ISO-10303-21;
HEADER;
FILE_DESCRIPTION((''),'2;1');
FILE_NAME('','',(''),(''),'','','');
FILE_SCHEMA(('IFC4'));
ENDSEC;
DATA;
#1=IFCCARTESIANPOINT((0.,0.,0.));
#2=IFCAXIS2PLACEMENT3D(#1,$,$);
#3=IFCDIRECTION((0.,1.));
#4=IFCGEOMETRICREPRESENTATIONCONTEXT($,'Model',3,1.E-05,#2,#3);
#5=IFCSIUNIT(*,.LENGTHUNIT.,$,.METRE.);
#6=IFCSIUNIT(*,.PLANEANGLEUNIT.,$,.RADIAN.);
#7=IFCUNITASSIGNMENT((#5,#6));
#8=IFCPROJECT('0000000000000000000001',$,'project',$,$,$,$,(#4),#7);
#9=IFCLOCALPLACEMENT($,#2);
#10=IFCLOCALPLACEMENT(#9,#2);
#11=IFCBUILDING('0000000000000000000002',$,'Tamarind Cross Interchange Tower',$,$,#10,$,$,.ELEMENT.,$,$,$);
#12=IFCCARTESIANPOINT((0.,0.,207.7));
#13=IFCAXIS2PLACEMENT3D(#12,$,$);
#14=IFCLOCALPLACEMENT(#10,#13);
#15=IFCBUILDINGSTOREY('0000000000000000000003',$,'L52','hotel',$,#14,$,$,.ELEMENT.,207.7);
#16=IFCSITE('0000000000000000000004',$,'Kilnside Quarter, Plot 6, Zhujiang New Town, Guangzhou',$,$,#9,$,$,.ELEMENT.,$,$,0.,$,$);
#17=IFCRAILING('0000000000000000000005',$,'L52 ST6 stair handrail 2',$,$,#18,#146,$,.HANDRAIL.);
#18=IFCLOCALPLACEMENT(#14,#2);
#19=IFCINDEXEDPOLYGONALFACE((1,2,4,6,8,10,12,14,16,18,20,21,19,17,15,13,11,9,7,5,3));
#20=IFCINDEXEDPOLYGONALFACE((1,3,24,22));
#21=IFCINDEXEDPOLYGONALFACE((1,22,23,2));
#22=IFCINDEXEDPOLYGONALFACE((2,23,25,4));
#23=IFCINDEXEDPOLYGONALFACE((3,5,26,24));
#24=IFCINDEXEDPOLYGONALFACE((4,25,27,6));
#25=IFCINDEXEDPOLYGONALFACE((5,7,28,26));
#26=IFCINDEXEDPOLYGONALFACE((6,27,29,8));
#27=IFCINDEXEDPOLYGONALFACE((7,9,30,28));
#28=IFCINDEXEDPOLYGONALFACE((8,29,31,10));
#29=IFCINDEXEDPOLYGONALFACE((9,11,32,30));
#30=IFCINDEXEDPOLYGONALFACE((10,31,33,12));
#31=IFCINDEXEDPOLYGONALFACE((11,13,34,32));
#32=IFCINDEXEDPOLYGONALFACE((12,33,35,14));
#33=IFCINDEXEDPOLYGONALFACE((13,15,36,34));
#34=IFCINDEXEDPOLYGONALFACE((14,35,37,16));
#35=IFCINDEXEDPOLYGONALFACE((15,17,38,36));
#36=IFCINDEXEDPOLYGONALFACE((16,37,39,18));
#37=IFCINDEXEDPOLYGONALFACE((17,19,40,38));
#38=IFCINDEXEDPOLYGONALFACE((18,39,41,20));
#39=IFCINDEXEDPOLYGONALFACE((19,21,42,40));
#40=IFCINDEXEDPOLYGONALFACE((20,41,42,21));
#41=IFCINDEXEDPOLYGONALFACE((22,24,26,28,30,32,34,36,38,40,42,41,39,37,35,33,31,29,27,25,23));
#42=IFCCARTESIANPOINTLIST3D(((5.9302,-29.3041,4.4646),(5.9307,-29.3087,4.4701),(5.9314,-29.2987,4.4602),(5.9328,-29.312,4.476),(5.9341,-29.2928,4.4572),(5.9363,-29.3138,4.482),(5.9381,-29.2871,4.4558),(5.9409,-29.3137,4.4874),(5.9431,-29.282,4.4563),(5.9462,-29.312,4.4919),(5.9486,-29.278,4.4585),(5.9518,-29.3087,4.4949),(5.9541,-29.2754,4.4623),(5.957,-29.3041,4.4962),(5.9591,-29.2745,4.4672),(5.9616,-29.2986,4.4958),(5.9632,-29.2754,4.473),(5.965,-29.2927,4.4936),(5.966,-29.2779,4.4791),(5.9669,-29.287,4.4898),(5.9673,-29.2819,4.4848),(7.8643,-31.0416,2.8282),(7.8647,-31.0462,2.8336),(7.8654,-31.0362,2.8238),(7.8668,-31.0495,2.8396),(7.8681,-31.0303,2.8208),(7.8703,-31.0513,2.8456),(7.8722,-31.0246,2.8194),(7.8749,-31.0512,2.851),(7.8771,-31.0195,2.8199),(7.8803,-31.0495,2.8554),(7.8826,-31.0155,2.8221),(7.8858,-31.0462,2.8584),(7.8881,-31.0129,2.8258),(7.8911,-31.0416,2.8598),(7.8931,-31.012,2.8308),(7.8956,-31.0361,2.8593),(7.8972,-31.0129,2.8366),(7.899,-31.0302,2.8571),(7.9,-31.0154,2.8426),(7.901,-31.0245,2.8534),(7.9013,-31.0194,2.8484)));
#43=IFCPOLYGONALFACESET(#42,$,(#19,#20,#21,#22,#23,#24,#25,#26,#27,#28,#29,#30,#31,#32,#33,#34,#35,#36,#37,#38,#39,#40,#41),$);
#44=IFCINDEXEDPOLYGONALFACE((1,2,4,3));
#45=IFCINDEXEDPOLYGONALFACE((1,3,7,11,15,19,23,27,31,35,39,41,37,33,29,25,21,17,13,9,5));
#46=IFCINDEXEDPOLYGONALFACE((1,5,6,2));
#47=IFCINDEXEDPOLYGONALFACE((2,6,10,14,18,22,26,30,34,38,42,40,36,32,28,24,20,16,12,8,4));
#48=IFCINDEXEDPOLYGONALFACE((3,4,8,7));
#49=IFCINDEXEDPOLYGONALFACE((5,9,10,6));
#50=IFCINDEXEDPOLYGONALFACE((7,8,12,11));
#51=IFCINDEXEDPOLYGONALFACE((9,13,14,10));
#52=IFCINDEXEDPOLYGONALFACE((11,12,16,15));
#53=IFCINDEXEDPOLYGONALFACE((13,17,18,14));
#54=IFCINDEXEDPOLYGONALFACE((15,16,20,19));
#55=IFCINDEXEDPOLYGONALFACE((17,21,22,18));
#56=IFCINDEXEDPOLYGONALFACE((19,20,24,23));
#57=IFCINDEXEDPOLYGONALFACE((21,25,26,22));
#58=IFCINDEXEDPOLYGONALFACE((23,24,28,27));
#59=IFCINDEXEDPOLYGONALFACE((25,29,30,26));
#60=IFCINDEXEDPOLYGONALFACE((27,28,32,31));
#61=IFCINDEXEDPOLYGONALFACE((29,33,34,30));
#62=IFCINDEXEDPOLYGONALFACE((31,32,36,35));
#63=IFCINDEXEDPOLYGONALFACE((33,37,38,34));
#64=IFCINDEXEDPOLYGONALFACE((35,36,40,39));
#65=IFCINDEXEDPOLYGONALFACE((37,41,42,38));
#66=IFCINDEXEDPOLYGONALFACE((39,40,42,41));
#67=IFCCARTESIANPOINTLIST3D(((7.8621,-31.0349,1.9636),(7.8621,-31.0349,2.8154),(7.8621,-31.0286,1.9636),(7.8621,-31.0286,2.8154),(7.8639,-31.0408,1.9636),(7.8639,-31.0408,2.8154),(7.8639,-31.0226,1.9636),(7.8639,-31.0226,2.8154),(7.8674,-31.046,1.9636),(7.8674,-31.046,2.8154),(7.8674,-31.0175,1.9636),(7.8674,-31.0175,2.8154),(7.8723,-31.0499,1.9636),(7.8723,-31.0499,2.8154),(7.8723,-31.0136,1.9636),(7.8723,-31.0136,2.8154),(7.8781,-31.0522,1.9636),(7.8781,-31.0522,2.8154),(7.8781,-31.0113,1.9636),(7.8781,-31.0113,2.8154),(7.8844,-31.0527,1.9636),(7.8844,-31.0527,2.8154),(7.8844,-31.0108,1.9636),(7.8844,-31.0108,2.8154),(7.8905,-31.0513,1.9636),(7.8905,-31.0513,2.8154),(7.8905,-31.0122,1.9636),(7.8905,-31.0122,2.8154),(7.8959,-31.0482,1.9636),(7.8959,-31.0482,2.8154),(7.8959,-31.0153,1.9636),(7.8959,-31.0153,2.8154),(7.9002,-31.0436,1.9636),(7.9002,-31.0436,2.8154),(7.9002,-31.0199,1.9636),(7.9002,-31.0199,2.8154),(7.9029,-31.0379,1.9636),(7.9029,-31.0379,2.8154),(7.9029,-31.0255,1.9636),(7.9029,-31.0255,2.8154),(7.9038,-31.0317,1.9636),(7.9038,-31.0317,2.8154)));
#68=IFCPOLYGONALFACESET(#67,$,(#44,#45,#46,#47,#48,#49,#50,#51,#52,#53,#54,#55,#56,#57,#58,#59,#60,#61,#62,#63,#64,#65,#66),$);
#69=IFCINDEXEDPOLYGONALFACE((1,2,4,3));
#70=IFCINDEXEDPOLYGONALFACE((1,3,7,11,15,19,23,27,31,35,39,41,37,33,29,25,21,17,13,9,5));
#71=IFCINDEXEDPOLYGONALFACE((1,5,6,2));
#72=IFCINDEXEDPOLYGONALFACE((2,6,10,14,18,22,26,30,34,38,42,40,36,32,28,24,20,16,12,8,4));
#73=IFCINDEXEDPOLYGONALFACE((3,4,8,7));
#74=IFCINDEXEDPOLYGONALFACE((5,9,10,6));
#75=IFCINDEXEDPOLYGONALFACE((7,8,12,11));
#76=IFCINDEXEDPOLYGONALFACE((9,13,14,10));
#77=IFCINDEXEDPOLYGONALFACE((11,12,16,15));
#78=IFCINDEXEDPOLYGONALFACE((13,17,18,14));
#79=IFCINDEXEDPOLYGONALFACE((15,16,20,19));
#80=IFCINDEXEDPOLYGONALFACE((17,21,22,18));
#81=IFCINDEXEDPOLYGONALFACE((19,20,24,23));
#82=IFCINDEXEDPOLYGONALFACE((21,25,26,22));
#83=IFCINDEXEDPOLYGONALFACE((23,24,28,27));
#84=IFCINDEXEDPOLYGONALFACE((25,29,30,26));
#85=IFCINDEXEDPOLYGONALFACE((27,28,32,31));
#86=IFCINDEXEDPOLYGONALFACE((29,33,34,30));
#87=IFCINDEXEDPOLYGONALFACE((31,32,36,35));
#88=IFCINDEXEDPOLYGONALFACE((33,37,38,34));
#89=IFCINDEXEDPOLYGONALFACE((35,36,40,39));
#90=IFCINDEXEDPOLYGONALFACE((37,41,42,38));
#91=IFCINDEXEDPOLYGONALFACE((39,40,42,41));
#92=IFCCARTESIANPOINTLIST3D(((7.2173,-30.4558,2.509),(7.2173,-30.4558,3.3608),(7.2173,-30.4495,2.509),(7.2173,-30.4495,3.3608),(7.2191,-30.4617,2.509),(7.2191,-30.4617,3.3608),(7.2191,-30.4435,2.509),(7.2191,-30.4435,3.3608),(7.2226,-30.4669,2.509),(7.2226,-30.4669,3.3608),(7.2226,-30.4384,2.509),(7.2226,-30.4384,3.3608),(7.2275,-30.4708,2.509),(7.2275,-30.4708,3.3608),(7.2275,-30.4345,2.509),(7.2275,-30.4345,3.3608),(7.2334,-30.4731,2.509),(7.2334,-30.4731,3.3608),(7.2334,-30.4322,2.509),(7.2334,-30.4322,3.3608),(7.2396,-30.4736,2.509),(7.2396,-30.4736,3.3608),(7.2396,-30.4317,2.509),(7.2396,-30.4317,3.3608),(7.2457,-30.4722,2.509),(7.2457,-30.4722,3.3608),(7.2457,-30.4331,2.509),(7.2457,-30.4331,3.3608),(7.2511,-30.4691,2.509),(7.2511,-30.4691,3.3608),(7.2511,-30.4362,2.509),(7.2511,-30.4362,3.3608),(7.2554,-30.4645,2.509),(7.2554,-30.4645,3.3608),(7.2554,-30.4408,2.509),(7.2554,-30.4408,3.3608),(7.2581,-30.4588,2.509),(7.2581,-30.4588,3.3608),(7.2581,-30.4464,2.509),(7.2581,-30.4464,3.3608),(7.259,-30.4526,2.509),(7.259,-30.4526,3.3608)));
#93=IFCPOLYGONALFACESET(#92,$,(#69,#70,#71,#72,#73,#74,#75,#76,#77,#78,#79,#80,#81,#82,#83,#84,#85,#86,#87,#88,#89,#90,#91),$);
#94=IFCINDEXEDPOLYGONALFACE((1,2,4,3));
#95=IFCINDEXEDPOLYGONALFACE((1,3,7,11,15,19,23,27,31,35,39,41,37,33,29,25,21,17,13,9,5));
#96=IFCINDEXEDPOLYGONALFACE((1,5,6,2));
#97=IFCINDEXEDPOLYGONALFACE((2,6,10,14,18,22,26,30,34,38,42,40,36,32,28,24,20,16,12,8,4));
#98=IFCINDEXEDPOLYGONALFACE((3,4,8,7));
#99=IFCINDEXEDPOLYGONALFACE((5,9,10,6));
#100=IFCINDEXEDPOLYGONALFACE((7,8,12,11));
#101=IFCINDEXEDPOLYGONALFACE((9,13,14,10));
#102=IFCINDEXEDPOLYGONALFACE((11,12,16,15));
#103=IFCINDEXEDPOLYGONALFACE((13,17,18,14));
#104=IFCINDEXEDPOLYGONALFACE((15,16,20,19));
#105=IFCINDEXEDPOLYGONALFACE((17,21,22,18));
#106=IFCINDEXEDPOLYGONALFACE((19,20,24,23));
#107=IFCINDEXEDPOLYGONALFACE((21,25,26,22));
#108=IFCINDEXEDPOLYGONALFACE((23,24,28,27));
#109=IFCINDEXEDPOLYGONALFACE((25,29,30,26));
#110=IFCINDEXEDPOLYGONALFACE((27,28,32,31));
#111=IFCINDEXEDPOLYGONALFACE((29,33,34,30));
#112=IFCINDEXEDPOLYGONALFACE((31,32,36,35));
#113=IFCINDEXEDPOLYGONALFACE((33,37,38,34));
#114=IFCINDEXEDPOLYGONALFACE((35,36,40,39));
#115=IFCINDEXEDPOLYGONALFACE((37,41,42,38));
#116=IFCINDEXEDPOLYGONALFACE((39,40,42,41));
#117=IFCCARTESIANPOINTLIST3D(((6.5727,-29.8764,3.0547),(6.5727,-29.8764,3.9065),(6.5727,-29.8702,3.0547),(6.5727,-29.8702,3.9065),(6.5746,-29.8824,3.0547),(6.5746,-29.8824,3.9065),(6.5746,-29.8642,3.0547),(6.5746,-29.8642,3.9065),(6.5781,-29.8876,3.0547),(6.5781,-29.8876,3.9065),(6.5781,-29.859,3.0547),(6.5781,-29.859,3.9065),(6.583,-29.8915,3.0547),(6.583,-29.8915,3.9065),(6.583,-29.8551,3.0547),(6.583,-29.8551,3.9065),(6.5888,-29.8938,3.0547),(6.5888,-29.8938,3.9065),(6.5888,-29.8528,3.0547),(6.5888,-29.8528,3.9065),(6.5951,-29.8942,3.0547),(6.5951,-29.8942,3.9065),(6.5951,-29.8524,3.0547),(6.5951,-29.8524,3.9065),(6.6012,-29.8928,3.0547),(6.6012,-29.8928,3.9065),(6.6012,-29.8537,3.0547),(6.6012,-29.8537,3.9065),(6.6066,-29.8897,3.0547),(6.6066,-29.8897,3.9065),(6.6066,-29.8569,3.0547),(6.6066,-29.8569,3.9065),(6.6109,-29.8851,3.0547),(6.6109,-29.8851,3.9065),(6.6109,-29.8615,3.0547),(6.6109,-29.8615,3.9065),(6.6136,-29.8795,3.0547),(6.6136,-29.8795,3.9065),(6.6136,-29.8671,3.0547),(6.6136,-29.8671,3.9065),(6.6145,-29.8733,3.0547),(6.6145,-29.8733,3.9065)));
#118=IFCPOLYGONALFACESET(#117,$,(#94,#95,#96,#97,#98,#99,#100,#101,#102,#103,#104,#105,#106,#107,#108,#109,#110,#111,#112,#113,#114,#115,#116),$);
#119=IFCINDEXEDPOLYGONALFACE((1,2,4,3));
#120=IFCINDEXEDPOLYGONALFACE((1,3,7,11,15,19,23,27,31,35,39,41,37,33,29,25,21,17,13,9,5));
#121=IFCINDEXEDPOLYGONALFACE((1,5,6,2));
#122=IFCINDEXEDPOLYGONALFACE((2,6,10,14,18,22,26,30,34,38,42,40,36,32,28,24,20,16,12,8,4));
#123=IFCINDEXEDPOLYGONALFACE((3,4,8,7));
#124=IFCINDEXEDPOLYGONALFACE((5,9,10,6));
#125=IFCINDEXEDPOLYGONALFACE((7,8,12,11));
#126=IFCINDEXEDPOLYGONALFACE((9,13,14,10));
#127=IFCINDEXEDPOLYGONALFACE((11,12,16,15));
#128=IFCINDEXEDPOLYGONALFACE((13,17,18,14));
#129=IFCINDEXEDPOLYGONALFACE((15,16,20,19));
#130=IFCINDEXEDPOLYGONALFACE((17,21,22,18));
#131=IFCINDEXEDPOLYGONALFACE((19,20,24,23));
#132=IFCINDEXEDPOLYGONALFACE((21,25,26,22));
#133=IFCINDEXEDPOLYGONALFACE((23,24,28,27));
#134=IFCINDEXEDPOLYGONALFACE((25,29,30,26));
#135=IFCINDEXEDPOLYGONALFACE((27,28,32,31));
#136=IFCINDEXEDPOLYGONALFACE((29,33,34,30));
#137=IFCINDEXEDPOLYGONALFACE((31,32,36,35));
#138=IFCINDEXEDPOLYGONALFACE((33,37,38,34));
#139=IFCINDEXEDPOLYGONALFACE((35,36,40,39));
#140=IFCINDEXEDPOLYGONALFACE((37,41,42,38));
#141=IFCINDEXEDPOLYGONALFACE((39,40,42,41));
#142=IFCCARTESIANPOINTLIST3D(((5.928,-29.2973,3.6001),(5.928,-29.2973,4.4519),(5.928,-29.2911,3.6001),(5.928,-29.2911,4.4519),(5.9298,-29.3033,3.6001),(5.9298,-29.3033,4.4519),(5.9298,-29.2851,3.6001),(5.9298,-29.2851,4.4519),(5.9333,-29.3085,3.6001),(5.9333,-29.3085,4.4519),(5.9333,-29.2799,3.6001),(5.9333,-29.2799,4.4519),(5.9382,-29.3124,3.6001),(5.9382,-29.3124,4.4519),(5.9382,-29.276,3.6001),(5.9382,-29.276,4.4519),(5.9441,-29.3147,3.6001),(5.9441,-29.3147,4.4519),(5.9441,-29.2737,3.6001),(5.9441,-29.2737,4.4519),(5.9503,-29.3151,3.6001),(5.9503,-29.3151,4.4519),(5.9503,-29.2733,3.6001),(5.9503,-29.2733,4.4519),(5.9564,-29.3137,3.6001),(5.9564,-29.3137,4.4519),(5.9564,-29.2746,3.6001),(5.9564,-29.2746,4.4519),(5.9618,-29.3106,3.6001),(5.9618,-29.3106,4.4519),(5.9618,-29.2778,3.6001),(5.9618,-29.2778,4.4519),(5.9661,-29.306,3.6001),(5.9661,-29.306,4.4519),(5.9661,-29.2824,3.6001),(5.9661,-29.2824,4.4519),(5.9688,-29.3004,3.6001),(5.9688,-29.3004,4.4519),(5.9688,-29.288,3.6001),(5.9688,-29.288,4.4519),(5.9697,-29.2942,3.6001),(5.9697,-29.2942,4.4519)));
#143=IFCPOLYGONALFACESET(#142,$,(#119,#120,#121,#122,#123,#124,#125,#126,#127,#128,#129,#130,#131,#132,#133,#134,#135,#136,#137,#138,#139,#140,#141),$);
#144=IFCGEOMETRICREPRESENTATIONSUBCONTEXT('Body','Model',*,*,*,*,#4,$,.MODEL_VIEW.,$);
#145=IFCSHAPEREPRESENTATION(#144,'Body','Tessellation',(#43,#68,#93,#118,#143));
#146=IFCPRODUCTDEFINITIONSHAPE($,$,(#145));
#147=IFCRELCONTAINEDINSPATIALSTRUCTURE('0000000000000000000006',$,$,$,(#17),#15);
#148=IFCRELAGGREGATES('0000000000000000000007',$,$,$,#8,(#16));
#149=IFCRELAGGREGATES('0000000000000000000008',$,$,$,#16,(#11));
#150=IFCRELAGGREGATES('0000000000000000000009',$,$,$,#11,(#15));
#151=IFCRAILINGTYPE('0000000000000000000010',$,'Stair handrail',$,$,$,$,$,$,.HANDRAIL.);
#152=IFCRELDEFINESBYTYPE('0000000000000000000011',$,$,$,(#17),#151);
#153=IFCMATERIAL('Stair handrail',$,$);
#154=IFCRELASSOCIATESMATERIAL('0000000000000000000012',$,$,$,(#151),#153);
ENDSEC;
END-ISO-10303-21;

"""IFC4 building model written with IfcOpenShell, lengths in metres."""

from ifc_helpers import new_model, si_unit, direction, frame, origin, origin_2d, place, context, subcontext, project, spatial, circle, extrude, material, type_object, element, save


model = new_model("IFC4")

# Units and contexts
model_context = context("Model", 3, precision=1e-05, world=origin(), true_north=direction((0.0, 1.0)))
body_context = subcontext(model_context, "Body", "Model", "MODEL_VIEW")
ifc_project = project(units=[si_unit("LENGTHUNIT", "METRE"), si_unit("PLANEANGLEUNIT", "RADIAN")], contexts=[model_context])

# Site, building, storey
site_placement = place(None, origin())
site = spatial("IfcSite", under=ifc_project, at=site_placement, Name="Kilnside Quarter, Plot 6, Zhujiang New Town, Guangzhou", CompositionType="ELEMENT", RefElevation=0.0)
building_placement = place(site_placement, origin())
building = spatial("IfcBuilding", under=site, at=building_placement, Name="Tamarind Cross Interchange Tower", CompositionType="ELEMENT")
storey_placement = place(building_placement, frame((0.0, 0.0, 207.7)))
storey = spatial("IfcBuildingStorey", under=building, at=storey_placement, Name="L52", Description="hotel", CompositionType="ELEMENT", Elevation=207.7)

# Railing
ifc_material_1 = material(Name="Stair handrail")
railing_type_1 = type_object("IfcRailingType", Name="Stair handrail", PredefinedType="HANDRAIL", material=ifc_material_1)
railing_1_placement = place(storey_placement, frame((7.8828, -31.0317, 1.9636)))
element("IfcRailing", 1, at=railing_1_placement, inside=storey, type_object=railing_type_1, Name="L52 ST6 stair handrail 2", PredefinedType="HANDRAIL", context=body_context, shape_type="SweptSolid", body=[
    extrude(circle(Radius=0.0239, at=origin_2d()), frame((0.0, 0.0, 0.876), z_axis=(-0.629564, 0.56559, 0.532689), x_axis=(-0.6683, -0.743892, 0.0)), (0.0, 0.0, 1.0), 3.072),
    extrude(circle(Radius=0.021, at=origin_2d()), origin(), (0.0, 0.0, 1.0), 0.8518),
    extrude(circle(Radius=0.021, at=origin_2d()), frame((-0.6448, 0.5791, 0.5454)), (0.0, 0.0, 1.0), 0.8518),
    extrude(circle(Radius=0.021, at=origin_2d()), frame((-1.2893, 1.1584, 1.0911)), (0.0, 0.0, 1.0), 0.8518),
    extrude(circle(Radius=0.021, at=origin_2d()), frame((-1.9341, 1.7375, 1.6365)), (0.0, 0.0, 1.0), 0.8518),
])

save(model, "model.ifc")
